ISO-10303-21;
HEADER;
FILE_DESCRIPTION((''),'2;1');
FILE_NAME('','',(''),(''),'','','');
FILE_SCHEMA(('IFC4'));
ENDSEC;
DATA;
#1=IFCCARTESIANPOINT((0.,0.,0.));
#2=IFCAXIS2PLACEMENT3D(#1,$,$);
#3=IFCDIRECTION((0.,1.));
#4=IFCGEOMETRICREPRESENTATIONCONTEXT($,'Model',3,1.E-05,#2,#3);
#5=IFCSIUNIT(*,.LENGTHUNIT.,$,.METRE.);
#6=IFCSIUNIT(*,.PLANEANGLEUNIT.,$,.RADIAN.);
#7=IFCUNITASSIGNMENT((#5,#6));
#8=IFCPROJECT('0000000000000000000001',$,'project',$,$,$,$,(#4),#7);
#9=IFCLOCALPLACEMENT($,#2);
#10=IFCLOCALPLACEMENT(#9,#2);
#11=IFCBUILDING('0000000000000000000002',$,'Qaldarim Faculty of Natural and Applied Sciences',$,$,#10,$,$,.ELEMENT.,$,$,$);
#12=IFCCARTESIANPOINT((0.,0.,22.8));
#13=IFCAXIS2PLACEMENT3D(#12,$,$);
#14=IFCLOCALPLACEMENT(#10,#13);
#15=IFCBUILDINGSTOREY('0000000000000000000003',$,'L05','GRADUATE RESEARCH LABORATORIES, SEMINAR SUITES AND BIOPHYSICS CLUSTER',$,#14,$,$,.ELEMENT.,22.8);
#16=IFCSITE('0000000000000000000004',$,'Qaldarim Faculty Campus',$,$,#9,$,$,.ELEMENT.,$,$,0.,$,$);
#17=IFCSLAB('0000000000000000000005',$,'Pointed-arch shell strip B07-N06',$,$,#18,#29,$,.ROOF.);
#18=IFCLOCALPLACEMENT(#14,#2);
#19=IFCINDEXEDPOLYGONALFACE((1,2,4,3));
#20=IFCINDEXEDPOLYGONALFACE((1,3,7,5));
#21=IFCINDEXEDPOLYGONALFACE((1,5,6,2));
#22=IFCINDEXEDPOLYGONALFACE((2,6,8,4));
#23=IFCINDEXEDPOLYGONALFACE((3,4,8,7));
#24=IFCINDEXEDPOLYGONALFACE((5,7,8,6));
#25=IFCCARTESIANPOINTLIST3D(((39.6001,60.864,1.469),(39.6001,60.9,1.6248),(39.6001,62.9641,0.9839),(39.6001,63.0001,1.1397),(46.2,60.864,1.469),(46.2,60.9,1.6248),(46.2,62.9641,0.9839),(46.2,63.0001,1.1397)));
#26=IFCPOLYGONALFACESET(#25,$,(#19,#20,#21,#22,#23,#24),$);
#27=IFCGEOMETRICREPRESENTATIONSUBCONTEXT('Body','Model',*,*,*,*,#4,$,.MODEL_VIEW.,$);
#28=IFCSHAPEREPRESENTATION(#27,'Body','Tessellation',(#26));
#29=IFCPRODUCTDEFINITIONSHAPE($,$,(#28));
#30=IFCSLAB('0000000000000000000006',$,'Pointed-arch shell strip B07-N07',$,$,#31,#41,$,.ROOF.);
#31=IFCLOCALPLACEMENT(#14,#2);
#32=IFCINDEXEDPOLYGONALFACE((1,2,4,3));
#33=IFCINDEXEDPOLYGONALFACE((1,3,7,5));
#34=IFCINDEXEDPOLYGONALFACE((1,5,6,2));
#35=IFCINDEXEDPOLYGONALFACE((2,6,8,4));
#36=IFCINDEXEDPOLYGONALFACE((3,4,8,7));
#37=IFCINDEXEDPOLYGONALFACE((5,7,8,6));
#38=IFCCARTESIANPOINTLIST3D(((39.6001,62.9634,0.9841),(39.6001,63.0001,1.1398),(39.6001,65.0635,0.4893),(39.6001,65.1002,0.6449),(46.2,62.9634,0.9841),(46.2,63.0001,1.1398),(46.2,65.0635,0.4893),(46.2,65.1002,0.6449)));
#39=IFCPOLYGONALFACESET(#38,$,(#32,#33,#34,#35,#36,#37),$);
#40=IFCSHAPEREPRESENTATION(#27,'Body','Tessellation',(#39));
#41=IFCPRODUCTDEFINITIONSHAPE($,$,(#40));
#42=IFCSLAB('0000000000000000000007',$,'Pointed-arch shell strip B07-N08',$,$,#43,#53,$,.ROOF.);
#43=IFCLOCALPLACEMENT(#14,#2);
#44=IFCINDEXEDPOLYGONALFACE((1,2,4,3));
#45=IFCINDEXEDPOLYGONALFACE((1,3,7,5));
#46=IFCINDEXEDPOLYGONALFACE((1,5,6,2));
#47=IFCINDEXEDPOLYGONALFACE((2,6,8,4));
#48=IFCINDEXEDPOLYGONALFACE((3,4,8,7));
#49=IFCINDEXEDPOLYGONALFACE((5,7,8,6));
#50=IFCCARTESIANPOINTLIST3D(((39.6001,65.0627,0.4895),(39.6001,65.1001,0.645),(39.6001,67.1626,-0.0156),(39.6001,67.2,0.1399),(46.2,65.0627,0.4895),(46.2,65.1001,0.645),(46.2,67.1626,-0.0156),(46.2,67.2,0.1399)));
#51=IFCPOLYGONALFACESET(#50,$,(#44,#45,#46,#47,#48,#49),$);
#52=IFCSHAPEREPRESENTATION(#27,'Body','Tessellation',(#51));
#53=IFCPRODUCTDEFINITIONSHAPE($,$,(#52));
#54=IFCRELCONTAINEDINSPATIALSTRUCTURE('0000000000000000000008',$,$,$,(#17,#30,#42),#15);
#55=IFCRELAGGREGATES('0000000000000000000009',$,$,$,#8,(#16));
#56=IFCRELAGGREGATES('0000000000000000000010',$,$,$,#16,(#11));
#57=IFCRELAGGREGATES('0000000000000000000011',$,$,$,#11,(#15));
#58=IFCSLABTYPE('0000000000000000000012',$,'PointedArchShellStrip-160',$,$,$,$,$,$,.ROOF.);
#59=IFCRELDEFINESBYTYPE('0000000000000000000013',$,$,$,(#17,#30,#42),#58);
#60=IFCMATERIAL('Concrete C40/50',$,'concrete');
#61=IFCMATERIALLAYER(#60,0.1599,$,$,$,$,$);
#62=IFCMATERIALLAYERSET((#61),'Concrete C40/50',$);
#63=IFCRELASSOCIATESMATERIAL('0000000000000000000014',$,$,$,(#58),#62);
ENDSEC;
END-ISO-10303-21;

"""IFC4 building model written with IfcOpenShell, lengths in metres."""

from ifc_helpers import new_model, si_unit, direction, frame, origin, place, context, subcontext, project, spatial, polyline, outline, extrude, material, layer, layer_set, type_object, element, save


model = new_model("IFC4")

# Units and contexts
model_context = context("Model", 3, precision=1e-05, world=origin(), true_north=direction((0.0, 1.0)))
body_context = subcontext(model_context, "Body", "Model", "MODEL_VIEW")
ifc_project = project(units=[si_unit("LENGTHUNIT", "METRE"), si_unit("PLANEANGLEUNIT", "RADIAN")], contexts=[model_context])

# Site, building, storey
site_placement = place(None, origin())
site = spatial("IfcSite", under=ifc_project, at=site_placement, Name="Qaldarim Faculty Campus", CompositionType="ELEMENT", RefElevation=0.0)
building_placement = place(site_placement, origin())
building = spatial("IfcBuilding", under=site, at=building_placement, Name="Qaldarim Faculty of Natural and Applied Sciences", CompositionType="ELEMENT")
storey_placement = place(building_placement, frame((0.0, 0.0, 22.8)))
storey = spatial("IfcBuildingStorey", under=building, at=storey_placement, Name="L05", Description="GRADUATE RESEARCH LABORATORIES, SEMINAR SUITES AND BIOPHYSICS CLUSTER", CompositionType="ELEMENT", Elevation=22.8)

# Slabs
ifc_material_1 = material(Name="Concrete C40/50", Category="concrete")
ifc_layer_1 = layer(ifc_material_1, 0.1599)
ifc_layer_set_1 = layer_set([ifc_layer_1], Name="Concrete C40/50")
slab_type = type_object("IfcSlabType", Name="PointedArchShellStrip-160", PredefinedType="ROOF", material=ifc_layer_set_1)
slab_1_placement = place(storey_placement, frame((39.6001, 60.864, 1.469), z_axis=(0.0, 0.225066, 0.974343), x_axis=(1.0, 0.0, 0.0)))
element("IfcSlab", 1, at=slab_1_placement, inside=storey, type_object=slab_type, Name="Pointed-arch shell strip B07-N06", PredefinedType="ROOF", context=body_context, shape_type="SweptSolid", body=[
    extrude(outline(polyline([(0.0, 0.0), (6.5999, 0.0), (6.5999, 2.1554), (0.0, 2.1554), (0.0, 0.0)])), origin(), (0.0, 0.0, 1.0), 0.1599),
])
slab_2_placement = place(storey_placement, frame((39.6001, 62.9634, 0.9841), z_axis=(0.0, 0.229361, 0.973341), x_axis=(1.0, 0.0, 0.0)))
element("IfcSlab", 2, at=slab_2_placement, inside=storey, type_object=slab_type, Name="Pointed-arch shell strip B07-N07", PredefinedType="ROOF", context=body_context, shape_type="SweptSolid", body=[
    extrude(outline(polyline([(0.0, 0.0), (6.5999, 0.0), (6.5999, 2.1576), (0.0, 2.1576), (0.0, 0.0)])), origin(), (0.0, 0.0, 1.0), 0.1599),
])
slab_3_placement = place(storey_placement, frame((39.6001, 65.0627, 0.4895), z_axis=(0.0, 0.233882, 0.972265), x_axis=(1.0, 0.0, 0.0)))
element("IfcSlab", 3, at=slab_3_placement, inside=storey, type_object=slab_type, Name="Pointed-arch shell strip B07-N08", PredefinedType="ROOF", context=body_context, shape_type="SweptSolid", body=[
    extrude(outline(polyline([(0.0, 0.0), (6.5999, 0.0), (6.5999, 2.1598), (0.0, 2.1598), (0.0, 0.0)])), origin(), (0.0, 0.0, 1.0), 0.1599),
])

save(model, "model.ifc")
